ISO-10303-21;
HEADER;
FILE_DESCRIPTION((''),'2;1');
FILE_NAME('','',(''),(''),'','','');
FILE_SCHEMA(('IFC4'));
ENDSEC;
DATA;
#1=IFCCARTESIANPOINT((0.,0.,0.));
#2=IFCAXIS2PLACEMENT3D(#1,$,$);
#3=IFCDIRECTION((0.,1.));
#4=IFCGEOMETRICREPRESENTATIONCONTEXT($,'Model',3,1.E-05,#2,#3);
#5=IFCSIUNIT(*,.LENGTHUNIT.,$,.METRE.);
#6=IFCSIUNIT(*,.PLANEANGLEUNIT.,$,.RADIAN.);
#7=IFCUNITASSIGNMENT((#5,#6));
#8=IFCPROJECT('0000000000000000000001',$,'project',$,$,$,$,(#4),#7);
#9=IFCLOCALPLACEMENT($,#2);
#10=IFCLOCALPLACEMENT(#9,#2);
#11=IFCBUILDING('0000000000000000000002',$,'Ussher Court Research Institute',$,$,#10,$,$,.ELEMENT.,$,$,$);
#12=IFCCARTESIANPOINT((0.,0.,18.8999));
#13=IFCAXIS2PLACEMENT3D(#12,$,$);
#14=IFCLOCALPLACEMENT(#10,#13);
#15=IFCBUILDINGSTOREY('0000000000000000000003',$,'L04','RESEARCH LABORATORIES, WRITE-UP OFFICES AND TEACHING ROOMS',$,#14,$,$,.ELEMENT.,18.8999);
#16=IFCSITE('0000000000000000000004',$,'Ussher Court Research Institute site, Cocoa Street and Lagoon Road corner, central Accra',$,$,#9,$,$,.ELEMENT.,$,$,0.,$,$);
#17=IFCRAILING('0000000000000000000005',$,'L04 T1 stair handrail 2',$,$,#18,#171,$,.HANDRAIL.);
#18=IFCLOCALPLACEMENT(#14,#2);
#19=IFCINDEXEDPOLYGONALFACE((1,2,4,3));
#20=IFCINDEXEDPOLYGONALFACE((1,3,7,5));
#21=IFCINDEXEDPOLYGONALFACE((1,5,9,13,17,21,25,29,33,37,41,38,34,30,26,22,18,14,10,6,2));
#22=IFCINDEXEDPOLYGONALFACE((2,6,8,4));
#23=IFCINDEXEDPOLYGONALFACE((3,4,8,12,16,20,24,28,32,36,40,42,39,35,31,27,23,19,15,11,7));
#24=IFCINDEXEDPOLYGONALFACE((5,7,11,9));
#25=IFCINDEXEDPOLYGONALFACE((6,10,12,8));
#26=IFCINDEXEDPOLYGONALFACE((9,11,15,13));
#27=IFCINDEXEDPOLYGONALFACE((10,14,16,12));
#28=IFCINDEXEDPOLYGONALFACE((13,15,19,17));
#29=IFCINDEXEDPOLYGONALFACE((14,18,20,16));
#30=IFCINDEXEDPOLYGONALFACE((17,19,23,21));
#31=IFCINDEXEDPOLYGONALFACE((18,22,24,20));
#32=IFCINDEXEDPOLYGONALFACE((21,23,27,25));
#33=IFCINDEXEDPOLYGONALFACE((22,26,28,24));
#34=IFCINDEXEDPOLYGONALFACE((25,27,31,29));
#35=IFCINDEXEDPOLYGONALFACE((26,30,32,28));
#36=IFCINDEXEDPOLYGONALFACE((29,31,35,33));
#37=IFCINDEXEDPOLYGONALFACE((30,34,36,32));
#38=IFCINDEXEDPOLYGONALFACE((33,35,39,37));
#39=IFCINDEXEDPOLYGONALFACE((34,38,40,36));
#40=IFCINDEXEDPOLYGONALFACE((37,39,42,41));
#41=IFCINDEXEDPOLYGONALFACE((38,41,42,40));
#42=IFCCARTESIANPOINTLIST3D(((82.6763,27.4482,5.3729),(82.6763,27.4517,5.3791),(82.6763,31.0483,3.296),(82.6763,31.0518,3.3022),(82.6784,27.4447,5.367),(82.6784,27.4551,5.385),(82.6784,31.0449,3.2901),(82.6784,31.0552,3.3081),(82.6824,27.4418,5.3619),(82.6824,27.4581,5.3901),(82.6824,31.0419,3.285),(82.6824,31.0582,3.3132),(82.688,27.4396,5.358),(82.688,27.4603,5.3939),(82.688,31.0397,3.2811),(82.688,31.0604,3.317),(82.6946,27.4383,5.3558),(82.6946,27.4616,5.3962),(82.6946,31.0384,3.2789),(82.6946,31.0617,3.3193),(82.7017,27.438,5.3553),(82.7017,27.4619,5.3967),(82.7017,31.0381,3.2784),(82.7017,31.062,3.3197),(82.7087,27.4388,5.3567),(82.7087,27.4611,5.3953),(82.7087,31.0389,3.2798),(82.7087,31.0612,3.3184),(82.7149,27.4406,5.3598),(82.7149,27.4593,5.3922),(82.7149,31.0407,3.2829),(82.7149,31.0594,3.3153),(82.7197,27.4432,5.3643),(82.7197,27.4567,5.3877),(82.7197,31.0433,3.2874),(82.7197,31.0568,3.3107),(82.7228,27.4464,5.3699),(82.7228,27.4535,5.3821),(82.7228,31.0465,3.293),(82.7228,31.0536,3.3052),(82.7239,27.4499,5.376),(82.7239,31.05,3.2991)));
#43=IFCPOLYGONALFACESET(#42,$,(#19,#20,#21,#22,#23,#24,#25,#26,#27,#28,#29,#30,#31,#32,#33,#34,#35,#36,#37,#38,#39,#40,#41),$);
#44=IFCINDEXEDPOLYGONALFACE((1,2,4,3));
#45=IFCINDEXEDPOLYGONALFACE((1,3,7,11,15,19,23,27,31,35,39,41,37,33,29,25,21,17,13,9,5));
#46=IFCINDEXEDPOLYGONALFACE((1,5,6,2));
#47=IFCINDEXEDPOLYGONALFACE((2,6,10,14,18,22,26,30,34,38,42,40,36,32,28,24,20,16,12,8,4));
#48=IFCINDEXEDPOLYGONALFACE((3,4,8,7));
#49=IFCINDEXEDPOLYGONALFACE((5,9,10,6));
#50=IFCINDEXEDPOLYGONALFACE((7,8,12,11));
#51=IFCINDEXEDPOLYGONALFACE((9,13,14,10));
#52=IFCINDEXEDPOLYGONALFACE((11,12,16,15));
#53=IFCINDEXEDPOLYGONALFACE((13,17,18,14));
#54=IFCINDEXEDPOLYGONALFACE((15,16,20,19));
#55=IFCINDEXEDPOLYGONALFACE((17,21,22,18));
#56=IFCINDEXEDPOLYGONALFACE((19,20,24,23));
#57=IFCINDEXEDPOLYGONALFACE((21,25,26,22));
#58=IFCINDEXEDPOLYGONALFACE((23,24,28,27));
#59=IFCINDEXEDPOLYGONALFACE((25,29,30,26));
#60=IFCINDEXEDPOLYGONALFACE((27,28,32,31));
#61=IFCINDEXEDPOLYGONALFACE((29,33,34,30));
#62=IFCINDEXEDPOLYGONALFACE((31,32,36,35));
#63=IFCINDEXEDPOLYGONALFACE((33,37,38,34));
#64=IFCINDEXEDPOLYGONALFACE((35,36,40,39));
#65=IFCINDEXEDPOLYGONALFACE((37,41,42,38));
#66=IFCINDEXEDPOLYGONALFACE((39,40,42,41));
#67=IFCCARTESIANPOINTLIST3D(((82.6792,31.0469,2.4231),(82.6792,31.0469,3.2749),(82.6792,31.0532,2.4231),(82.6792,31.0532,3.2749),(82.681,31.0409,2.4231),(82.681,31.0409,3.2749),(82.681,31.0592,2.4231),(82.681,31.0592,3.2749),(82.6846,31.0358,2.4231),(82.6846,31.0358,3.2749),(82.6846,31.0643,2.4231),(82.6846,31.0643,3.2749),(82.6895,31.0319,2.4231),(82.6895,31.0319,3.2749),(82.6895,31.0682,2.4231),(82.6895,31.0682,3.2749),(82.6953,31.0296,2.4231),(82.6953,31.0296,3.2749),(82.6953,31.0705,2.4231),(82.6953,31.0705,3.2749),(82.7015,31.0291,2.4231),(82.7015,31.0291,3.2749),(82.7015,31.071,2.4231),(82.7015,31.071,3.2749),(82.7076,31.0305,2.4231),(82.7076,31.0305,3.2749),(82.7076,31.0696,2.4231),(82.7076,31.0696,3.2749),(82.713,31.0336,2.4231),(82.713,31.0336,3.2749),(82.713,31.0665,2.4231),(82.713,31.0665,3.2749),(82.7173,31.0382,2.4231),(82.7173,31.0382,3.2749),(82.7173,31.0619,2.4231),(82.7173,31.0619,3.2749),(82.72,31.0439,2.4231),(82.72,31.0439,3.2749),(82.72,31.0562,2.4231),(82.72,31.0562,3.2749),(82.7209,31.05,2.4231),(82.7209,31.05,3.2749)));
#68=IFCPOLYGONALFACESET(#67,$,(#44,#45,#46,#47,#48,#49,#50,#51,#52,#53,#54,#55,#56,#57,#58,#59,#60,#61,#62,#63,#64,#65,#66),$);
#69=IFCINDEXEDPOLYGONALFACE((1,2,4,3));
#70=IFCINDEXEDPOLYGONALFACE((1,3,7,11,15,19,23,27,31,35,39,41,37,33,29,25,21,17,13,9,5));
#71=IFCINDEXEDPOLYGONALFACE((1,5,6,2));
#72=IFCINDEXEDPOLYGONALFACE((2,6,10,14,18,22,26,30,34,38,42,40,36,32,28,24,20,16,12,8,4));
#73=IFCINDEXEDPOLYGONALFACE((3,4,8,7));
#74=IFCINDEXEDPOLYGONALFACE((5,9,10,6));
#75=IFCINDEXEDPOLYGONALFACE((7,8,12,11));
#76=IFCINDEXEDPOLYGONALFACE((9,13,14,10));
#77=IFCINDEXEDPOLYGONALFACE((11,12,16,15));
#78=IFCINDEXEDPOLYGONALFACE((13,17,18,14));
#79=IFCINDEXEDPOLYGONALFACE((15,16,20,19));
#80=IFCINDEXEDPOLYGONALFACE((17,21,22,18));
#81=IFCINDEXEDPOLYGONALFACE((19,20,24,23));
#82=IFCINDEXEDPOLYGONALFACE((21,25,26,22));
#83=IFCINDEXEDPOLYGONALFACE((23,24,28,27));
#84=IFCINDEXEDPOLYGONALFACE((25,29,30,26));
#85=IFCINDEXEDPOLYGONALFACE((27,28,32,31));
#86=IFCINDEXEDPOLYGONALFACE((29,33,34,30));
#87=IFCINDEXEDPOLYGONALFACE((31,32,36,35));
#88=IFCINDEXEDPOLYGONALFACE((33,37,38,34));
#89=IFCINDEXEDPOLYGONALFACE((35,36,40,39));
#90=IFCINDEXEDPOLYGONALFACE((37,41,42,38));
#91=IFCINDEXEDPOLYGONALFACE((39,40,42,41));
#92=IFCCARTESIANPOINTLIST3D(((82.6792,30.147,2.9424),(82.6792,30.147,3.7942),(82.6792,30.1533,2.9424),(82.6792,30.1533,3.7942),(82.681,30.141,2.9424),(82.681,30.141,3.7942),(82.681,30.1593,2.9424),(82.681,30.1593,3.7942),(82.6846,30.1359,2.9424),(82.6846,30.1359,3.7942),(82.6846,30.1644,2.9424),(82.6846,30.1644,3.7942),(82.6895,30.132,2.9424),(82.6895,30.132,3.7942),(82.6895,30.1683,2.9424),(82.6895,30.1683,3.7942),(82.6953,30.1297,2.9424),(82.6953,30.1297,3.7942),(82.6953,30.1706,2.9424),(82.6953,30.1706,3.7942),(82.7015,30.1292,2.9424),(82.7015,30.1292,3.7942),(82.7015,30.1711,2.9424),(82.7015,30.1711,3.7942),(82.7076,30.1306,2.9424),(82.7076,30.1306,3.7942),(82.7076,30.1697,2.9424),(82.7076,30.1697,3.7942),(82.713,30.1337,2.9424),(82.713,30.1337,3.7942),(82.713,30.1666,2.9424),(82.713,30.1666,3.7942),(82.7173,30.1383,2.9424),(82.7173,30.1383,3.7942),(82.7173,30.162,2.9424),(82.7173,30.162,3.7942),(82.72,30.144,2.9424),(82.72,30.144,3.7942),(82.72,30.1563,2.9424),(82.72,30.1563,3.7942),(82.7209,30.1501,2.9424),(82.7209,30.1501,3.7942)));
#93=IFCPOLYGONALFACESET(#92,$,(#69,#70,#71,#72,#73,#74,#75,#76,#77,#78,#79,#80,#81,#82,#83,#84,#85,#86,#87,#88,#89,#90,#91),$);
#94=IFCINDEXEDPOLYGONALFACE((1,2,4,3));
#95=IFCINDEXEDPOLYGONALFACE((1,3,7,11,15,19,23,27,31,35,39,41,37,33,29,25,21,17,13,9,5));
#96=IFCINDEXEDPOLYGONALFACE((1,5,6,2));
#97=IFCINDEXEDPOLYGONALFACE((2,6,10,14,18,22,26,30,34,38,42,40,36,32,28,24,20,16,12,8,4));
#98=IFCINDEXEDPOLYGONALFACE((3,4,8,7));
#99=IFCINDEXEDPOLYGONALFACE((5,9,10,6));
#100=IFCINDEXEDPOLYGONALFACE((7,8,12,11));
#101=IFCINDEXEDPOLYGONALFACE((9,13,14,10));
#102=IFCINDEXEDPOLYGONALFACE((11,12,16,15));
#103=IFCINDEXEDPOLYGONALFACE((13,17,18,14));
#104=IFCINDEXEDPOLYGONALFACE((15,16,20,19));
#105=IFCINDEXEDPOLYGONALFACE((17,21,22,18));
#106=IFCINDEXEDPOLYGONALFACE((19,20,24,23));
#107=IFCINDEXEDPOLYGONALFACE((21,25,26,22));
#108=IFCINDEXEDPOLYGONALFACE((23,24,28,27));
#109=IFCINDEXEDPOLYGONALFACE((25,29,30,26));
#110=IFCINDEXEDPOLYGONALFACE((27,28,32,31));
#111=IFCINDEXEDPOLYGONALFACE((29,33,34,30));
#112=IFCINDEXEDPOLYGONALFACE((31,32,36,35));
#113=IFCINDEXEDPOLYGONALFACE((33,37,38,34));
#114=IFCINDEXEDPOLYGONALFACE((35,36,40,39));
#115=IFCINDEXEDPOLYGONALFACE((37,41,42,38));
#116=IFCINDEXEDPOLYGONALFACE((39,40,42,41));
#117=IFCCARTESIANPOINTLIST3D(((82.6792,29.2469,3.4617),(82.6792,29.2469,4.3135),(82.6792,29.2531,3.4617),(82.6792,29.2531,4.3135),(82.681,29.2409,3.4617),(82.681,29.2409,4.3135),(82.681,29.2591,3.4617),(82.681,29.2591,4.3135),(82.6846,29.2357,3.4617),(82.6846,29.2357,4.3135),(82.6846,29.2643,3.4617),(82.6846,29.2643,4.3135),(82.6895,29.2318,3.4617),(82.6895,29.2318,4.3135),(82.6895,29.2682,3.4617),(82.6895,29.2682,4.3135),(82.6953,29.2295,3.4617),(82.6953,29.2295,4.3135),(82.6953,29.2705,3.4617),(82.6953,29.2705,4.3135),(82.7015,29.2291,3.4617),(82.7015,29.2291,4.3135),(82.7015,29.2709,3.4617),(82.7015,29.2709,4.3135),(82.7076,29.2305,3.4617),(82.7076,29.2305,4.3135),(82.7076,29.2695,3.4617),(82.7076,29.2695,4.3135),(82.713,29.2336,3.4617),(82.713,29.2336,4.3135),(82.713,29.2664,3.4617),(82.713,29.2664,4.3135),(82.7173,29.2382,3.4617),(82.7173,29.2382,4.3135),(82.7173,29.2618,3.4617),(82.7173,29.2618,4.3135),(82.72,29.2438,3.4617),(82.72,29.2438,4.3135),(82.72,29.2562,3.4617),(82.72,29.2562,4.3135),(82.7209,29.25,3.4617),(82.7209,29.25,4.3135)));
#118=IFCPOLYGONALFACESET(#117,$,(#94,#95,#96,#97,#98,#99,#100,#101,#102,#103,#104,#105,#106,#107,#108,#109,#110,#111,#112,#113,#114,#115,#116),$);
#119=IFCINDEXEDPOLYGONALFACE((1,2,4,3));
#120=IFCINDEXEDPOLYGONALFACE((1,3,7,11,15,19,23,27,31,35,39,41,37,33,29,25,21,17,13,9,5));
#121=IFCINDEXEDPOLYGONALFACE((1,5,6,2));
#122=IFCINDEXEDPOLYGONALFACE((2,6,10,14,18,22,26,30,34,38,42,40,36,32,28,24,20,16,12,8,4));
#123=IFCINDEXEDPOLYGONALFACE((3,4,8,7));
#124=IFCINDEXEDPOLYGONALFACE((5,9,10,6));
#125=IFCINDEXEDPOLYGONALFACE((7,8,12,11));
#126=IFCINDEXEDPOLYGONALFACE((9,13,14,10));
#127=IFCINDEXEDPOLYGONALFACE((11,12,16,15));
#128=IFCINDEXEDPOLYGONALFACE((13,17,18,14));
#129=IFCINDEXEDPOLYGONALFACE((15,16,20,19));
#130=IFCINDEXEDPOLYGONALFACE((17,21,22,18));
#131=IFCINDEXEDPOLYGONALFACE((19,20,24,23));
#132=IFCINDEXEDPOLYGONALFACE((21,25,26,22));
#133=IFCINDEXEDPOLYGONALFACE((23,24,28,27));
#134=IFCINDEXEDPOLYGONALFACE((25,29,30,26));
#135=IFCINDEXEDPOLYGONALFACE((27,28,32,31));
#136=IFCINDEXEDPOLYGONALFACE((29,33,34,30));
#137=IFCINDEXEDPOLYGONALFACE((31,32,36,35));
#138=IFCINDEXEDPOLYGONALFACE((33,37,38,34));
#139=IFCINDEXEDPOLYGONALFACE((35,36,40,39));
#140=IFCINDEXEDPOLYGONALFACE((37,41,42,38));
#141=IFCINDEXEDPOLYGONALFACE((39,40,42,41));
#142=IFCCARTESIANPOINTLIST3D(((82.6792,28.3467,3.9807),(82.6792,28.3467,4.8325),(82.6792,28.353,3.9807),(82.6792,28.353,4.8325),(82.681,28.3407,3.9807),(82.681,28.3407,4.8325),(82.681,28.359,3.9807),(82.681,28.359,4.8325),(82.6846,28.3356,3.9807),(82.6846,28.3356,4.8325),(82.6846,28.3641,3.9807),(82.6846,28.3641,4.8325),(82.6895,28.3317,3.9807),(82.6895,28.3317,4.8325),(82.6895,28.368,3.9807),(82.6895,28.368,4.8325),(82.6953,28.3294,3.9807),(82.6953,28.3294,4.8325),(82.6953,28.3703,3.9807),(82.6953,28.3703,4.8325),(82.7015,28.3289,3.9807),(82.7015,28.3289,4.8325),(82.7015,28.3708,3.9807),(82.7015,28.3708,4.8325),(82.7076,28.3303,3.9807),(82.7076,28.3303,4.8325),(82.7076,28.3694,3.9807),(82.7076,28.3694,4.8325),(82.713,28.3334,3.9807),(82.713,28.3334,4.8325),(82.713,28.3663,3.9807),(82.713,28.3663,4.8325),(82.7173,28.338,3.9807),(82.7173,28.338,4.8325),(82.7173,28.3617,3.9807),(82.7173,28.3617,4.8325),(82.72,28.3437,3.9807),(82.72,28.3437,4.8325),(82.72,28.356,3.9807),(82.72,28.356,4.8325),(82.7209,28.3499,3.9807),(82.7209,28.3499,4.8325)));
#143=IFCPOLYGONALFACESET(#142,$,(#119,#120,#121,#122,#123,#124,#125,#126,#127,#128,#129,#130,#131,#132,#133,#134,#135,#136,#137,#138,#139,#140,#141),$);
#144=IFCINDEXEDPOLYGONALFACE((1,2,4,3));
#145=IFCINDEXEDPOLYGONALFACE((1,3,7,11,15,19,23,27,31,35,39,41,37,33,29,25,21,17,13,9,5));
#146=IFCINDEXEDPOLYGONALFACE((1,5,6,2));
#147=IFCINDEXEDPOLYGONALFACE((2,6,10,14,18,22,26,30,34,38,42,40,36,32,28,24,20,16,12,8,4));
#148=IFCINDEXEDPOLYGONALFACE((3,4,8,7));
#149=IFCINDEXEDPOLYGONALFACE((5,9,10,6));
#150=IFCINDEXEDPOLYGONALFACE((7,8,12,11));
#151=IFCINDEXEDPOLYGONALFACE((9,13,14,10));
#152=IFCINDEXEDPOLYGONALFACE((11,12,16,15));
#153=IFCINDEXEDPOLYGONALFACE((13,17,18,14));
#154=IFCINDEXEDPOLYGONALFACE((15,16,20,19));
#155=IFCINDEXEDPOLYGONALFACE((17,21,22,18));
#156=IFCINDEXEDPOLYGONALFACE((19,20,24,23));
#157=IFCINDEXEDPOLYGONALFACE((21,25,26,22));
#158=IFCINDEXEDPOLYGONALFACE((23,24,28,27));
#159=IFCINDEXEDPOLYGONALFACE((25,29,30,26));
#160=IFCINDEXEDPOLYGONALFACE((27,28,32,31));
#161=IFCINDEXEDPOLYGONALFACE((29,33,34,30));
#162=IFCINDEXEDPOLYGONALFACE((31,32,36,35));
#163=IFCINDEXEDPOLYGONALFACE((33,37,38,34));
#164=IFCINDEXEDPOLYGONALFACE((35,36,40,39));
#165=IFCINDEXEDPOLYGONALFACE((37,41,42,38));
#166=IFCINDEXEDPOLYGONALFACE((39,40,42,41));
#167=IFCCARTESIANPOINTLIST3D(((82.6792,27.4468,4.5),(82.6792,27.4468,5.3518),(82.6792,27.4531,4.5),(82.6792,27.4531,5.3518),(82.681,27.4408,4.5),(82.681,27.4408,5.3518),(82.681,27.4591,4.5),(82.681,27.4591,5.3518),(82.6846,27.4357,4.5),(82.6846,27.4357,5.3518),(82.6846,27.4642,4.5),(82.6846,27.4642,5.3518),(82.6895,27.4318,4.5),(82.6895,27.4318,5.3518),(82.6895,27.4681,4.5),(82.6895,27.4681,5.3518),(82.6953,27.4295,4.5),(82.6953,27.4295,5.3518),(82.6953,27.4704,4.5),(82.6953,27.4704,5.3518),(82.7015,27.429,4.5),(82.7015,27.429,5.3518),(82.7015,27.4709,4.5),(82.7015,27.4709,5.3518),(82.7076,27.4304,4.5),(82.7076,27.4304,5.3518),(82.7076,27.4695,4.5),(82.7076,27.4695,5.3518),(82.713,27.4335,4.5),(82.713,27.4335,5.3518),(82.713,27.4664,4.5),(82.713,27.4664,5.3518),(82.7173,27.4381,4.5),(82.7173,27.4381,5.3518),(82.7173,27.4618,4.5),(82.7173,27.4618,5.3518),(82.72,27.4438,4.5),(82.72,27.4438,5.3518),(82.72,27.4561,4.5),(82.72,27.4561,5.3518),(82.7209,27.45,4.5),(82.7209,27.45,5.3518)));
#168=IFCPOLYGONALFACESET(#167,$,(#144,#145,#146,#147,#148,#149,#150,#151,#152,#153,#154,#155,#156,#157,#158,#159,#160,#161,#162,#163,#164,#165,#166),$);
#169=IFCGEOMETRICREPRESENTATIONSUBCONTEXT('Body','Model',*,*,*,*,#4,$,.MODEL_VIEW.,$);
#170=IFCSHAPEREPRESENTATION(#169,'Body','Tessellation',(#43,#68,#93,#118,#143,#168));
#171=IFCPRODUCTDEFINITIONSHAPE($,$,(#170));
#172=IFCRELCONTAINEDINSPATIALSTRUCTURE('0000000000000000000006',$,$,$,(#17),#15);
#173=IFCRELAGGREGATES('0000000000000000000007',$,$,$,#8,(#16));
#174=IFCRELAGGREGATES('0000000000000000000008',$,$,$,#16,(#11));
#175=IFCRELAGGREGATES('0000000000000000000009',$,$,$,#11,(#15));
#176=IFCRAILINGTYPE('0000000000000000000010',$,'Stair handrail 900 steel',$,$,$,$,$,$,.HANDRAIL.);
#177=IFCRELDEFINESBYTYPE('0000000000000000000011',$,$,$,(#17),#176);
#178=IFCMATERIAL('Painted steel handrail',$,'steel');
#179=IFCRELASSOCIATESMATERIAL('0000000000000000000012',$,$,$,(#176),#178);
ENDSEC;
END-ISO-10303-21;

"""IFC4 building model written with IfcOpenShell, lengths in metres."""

from ifc_helpers import new_model, si_unit, direction, frame, origin, origin_2d, place, context, subcontext, project, spatial, circle, extrude, material, type_object, element, save


model = new_model("IFC4")

# Units and contexts
model_context = context("Model", 3, precision=1e-05, world=origin(), true_north=direction((0.0, 1.0)))
body_context = subcontext(model_context, "Body", "Model", "MODEL_VIEW")
ifc_project = project(units=[si_unit("LENGTHUNIT", "METRE"), si_unit("PLANEANGLEUNIT", "RADIAN")], contexts=[model_context])

# Site, building, storey
site_placement = place(None, origin())
site = spatial("IfcSite", under=ifc_project, at=site_placement, Name="Ussher Court Research Institute site, Cocoa Street and Lagoon Road corner, central Accra", CompositionType="ELEMENT", RefElevation=0.0)
building_placement = place(site_placement, origin())
building = spatial("IfcBuilding", under=site, at=building_placement, Name="Ussher Court Research Institute", CompositionType="ELEMENT")
storey_placement = place(building_placement, frame((0.0, 0.0, 18.8999)))
storey = spatial("IfcBuildingStorey", under=building, at=storey_placement, Name="L04", Description="RESEARCH LABORATORIES, WRITE-UP OFFICES AND TEACHING ROOMS", CompositionType="ELEMENT", Elevation=18.8999)

# Railing
ifc_material_1 = material(Name="Painted steel handrail", Category="steel")
railing_type_1 = type_object("IfcRailingType", Name="Stair handrail 900 steel", PredefinedType="HANDRAIL", material=ifc_material_1)
railing_1_placement = place(storey_placement, frame((82.7, 31.05, 2.4231)))
element("IfcRailing", 1, at=railing_1_placement, inside=storey, type_object=railing_type_1, Name="L04 T1 stair handrail 2", PredefinedType="HANDRAIL", context=body_context, shape_type="SweptSolid", body=[
    extrude(circle(Radius=0.0239, at=origin_2d()), frame((0.0, 0.0, 0.876), z_axis=(0.0, -0.866193, 0.499709), x_axis=(1.0, 0.0, 0.0)), (0.0, 0.0, 1.0), 4.1562),
    extrude(circle(Radius=0.021, at=origin_2d()), origin(), (0.0, 0.0, 1.0), 0.8518),
    extrude(circle(Radius=0.021, at=origin_2d()), frame((0.0, -0.8999, 0.5193)), (0.0, 0.0, 1.0), 0.8518),
    extrude(circle(Radius=0.021, at=origin_2d()), frame((0.0, -1.8, 1.0386)), (0.0, 0.0, 1.0), 0.8518),
    extrude(circle(Radius=0.021, at=origin_2d()), frame((0.0, -2.7002, 1.5576)), (0.0, 0.0, 1.0), 0.8518),
    extrude(circle(Radius=0.021, at=origin_2d()), frame((0.0, -3.6001, 2.0769)), (0.0, 0.0, 1.0), 0.8518),
])

save(model, "model.ifc")
